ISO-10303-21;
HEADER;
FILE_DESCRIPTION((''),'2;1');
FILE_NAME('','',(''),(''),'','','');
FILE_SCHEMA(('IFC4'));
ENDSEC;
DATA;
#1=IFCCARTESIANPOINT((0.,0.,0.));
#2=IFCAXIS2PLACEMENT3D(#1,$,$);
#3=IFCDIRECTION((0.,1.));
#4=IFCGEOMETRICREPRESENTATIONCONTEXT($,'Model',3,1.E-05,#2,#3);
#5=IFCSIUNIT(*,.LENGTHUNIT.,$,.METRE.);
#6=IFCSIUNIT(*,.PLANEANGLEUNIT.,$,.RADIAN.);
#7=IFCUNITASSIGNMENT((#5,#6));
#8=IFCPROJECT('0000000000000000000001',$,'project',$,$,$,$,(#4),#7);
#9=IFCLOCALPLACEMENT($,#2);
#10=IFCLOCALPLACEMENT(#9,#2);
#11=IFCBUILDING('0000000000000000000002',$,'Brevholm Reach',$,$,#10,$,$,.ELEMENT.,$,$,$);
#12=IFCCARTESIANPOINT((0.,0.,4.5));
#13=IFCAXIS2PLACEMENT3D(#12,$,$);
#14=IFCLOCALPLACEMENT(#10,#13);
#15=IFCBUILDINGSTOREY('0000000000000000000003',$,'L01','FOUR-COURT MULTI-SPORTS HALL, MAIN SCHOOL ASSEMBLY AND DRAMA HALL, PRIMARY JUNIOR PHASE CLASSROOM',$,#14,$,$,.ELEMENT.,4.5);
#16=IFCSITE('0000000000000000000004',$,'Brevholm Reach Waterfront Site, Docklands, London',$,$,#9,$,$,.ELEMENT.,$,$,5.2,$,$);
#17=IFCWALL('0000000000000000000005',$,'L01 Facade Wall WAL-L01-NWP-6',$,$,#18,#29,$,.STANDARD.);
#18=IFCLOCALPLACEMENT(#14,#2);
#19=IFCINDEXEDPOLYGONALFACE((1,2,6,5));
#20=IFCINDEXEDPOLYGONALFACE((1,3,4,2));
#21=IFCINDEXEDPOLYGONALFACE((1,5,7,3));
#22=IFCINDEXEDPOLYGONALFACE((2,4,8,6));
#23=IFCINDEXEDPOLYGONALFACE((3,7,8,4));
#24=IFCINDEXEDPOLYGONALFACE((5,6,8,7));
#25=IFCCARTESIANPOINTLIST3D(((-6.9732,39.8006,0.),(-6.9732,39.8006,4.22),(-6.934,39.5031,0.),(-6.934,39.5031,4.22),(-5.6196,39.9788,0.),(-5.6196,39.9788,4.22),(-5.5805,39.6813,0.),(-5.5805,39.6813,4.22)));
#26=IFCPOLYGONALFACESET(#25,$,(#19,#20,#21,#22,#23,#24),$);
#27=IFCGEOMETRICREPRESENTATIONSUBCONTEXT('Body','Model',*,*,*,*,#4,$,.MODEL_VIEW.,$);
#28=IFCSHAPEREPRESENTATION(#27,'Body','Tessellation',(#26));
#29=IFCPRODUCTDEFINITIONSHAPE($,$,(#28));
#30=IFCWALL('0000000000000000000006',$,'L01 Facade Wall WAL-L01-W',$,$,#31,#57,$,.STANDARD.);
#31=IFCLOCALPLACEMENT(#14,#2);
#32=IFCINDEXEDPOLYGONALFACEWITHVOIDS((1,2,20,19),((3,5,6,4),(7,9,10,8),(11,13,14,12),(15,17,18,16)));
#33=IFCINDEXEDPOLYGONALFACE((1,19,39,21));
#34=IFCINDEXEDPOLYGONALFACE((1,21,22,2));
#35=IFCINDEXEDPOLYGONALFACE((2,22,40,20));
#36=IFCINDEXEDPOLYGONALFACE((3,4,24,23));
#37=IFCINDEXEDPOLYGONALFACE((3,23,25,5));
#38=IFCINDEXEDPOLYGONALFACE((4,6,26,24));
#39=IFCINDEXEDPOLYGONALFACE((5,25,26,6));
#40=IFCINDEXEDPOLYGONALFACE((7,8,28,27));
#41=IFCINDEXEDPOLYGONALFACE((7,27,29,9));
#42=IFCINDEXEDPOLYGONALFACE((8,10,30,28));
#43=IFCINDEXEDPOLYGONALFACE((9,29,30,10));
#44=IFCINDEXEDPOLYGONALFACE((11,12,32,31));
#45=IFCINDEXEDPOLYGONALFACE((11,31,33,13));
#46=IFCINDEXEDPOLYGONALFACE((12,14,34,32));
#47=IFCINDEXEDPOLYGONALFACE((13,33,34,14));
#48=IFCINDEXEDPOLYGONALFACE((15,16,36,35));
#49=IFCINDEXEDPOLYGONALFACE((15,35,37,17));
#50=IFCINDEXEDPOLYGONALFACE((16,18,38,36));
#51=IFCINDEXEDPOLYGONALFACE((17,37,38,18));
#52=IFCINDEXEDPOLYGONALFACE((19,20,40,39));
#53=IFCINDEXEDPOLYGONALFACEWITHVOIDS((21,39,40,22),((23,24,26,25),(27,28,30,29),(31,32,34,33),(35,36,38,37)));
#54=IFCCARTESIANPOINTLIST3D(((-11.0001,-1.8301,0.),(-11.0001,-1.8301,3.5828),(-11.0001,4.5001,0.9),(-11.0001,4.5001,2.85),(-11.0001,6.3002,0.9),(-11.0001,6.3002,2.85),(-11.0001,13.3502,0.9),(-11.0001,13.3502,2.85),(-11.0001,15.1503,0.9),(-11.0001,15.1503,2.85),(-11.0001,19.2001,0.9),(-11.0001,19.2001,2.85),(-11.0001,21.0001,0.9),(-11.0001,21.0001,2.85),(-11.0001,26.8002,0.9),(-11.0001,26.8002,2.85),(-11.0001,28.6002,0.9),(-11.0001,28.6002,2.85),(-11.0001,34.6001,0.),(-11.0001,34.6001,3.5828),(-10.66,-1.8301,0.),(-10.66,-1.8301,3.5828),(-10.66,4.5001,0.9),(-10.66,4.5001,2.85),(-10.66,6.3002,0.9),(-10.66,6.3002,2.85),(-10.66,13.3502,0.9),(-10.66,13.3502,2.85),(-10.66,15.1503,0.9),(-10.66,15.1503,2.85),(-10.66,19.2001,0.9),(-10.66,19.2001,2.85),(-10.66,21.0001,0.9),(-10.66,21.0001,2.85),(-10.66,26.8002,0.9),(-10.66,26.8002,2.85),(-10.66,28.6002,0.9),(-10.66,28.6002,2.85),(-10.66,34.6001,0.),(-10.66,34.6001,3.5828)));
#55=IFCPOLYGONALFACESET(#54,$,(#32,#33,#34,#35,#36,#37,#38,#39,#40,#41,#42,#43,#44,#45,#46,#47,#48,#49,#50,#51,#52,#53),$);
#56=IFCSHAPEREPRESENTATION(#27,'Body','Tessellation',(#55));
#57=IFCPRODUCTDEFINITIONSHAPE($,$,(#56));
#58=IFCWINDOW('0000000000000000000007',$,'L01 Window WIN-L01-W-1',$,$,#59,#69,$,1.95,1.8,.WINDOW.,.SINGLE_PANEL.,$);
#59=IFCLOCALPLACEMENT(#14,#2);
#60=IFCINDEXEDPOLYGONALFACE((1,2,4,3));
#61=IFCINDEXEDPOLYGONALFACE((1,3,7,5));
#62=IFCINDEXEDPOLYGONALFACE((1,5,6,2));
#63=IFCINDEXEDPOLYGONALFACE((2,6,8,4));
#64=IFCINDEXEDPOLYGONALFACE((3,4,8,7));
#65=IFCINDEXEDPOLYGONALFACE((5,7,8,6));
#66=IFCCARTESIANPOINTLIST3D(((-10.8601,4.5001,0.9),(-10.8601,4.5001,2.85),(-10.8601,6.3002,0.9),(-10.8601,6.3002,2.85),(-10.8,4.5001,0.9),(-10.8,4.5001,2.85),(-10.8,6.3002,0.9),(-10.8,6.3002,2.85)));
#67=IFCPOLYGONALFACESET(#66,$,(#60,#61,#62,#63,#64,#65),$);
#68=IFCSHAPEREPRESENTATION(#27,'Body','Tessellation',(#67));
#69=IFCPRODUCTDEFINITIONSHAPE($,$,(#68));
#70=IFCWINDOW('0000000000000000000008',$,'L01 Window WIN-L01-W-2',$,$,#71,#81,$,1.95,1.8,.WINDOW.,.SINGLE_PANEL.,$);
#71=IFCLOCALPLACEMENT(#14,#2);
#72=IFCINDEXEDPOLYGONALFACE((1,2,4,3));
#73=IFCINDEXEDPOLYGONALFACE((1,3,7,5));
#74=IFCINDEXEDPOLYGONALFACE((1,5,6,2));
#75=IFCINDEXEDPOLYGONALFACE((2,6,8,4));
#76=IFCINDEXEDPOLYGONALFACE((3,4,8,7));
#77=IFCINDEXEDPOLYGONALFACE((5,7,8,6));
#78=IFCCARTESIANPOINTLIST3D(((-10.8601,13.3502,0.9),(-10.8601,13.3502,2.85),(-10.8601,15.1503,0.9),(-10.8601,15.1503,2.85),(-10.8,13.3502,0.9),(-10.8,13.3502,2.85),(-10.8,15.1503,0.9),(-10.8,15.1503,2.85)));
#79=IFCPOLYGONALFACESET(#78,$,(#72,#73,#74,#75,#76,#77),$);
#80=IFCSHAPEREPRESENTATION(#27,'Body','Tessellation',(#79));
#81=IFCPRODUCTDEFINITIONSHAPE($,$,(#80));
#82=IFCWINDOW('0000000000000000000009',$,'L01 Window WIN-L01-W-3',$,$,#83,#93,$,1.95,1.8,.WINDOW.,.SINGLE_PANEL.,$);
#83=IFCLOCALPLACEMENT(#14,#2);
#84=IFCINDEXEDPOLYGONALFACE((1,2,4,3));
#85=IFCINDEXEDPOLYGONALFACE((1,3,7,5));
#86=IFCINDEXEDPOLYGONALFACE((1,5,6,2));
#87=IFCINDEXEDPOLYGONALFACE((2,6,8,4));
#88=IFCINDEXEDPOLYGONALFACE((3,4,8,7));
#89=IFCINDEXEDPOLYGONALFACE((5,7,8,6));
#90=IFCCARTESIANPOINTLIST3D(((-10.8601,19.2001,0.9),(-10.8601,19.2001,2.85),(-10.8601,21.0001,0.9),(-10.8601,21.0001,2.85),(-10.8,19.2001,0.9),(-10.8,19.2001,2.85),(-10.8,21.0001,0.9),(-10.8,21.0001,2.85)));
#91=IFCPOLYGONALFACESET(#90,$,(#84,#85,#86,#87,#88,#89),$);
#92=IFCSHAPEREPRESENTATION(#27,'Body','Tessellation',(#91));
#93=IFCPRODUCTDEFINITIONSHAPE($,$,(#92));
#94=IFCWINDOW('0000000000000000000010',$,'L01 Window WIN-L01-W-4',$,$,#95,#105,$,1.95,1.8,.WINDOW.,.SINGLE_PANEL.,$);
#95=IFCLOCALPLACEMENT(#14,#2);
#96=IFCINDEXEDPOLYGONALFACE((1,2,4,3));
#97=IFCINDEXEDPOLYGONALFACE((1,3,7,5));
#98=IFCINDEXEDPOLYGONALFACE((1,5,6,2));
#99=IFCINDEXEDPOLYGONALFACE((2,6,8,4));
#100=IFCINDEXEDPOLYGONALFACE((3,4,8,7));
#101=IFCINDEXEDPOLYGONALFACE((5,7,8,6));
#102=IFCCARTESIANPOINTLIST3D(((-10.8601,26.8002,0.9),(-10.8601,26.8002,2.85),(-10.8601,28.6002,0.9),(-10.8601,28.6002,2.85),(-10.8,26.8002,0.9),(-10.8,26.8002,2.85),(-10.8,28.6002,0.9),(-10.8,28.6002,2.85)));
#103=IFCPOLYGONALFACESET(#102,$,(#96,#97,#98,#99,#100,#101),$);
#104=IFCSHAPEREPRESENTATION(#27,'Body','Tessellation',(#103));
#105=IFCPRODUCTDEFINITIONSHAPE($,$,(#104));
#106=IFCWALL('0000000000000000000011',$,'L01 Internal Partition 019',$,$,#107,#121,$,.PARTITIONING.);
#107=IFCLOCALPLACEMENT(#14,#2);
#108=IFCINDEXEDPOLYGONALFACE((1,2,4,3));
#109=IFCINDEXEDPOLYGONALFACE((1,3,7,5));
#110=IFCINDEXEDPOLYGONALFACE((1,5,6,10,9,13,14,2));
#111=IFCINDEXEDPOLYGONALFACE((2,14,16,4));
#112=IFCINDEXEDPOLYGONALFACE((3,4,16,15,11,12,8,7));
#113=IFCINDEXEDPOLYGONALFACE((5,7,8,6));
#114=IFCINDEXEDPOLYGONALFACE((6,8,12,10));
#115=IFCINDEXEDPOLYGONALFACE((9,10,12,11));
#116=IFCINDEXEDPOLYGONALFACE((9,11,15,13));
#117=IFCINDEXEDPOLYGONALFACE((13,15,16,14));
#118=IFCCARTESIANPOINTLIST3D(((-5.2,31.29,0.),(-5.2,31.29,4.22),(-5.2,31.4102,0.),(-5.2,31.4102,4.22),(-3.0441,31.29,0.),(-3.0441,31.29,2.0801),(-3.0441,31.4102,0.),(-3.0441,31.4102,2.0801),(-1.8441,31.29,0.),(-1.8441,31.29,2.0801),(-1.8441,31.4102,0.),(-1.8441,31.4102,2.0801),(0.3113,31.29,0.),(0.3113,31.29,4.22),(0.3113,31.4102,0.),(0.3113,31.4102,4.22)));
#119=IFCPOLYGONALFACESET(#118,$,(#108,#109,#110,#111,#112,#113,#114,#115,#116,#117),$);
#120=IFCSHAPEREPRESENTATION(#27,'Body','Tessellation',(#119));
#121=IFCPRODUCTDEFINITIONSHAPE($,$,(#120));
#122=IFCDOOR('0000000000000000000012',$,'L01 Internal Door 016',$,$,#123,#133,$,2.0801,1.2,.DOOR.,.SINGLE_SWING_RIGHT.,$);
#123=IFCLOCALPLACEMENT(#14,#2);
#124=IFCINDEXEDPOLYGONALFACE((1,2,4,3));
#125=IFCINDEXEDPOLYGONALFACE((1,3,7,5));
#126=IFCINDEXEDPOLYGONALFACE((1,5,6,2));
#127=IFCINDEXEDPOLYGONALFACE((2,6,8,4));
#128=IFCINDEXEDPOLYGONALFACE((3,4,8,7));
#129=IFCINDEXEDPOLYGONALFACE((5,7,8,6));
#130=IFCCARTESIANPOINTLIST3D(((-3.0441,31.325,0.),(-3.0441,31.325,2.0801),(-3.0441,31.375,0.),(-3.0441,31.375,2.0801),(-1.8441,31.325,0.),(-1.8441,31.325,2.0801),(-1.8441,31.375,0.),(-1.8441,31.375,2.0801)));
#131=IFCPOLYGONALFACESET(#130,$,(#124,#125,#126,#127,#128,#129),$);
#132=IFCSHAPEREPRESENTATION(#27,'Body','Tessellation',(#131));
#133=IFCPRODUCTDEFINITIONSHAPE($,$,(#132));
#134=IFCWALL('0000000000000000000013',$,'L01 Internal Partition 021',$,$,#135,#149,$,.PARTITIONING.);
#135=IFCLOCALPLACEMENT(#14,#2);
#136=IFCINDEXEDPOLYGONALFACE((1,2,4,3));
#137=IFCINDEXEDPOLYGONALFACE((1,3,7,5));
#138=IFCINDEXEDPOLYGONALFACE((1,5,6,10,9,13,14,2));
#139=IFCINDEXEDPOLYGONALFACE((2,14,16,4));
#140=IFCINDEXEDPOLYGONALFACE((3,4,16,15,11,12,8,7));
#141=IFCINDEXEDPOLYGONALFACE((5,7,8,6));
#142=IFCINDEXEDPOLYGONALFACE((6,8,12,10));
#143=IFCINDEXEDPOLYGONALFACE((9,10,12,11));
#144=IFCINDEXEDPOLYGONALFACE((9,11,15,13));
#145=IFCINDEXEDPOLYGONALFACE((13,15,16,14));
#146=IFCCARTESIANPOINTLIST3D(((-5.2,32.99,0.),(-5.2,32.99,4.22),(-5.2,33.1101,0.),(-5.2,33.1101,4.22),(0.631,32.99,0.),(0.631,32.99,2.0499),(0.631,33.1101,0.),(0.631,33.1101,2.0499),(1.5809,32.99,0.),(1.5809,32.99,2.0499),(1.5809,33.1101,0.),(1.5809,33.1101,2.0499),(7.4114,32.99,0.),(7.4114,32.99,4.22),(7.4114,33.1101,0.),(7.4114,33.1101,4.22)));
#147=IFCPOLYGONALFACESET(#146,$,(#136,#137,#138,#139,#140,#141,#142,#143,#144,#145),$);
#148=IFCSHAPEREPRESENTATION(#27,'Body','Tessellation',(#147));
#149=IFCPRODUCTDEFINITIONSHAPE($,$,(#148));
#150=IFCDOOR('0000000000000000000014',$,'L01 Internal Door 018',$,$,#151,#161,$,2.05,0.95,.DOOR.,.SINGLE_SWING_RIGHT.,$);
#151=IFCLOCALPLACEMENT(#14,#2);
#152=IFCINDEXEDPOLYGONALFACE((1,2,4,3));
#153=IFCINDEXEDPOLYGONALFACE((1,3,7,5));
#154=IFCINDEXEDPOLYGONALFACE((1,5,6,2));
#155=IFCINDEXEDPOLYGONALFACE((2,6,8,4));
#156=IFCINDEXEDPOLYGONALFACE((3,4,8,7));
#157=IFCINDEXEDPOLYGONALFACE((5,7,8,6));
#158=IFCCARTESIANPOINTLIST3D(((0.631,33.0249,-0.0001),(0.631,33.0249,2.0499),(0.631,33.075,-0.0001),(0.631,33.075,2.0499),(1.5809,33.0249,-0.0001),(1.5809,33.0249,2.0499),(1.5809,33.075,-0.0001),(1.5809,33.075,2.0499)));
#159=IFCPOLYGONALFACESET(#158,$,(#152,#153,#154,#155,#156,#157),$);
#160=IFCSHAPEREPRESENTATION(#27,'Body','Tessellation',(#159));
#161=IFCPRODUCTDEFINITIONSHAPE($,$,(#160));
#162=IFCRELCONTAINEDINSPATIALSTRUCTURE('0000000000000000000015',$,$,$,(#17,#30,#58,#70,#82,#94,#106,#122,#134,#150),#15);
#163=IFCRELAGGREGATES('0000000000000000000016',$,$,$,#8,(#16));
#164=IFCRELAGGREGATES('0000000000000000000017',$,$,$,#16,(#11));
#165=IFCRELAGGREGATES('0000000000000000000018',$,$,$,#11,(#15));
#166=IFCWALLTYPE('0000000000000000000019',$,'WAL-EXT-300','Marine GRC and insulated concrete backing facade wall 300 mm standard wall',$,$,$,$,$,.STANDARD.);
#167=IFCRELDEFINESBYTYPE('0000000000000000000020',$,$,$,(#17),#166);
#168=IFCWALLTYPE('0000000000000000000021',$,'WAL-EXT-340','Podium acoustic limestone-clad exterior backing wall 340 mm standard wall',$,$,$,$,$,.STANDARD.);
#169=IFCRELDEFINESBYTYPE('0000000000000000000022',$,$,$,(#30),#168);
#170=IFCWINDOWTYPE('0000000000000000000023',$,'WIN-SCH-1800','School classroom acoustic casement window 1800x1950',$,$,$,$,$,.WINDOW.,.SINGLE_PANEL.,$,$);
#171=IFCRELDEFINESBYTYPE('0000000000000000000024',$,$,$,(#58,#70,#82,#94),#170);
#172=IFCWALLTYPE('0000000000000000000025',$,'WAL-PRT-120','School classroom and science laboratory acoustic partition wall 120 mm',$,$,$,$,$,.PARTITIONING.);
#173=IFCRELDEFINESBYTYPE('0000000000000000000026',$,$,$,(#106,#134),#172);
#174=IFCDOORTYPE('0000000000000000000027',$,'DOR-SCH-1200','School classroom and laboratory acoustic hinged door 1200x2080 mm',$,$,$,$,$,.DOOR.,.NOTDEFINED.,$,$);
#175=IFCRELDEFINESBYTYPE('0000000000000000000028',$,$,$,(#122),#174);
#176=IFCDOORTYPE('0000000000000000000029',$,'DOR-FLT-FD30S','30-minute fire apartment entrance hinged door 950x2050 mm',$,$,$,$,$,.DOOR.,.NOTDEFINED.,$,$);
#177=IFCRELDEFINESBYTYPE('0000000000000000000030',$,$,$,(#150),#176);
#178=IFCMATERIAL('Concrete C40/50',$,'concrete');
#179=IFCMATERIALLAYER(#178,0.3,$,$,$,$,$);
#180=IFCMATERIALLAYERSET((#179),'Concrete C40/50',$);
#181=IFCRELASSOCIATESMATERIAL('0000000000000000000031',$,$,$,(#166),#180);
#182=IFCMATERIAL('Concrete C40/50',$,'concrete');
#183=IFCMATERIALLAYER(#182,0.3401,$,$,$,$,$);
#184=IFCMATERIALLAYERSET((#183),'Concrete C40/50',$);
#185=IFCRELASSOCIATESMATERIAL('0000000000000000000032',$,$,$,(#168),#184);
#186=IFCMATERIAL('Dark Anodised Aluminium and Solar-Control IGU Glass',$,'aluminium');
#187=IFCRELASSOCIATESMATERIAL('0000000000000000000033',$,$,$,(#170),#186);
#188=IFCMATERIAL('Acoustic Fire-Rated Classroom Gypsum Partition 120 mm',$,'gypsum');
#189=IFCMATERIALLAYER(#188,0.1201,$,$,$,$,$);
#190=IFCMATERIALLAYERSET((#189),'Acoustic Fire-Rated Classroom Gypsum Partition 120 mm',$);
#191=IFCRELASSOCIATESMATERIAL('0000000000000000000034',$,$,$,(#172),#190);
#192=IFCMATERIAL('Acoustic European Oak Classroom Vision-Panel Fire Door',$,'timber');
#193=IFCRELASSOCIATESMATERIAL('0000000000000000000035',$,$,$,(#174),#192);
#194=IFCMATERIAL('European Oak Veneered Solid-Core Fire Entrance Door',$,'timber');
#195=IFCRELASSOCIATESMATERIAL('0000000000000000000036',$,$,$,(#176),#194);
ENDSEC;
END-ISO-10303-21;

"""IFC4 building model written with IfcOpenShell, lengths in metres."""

from ifc_helpers import new_model, si_unit, direction, frame, frame_2d, origin, place, context, subcontext, project, spatial, rectangle, extrude, material, layer, layer_set, type_object, element, fill, save


model = new_model("IFC4")

# Units and contexts
model_context = context("Model", 3, precision=1e-05, world=origin(), true_north=direction((0.0, 1.0)))
body_context = subcontext(model_context, "Body", "Model", "MODEL_VIEW")
ifc_project = project(units=[si_unit("LENGTHUNIT", "METRE"), si_unit("PLANEANGLEUNIT", "RADIAN")], contexts=[model_context])

# Site, building, storey
site_placement = place(None, origin())
site = spatial("IfcSite", under=ifc_project, at=site_placement, Name="Brevholm Reach Waterfront Site, Docklands, London", CompositionType="ELEMENT", RefElevation=5.2)
building_placement = place(site_placement, origin())
building = spatial("IfcBuilding", under=site, at=building_placement, Name="Brevholm Reach", CompositionType="ELEMENT")
storey_placement = place(building_placement, frame((0.0, 0.0, 4.5)))
storey = spatial("IfcBuildingStorey", under=building, at=storey_placement, Name="L01", Description="FOUR-COURT MULTI-SPORTS HALL, MAIN SCHOOL ASSEMBLY AND DRAMA HALL, PRIMARY JUNIOR PHASE CLASSROOM", CompositionType="ELEMENT", Elevation=4.5)

# Wall
ifc_material_1 = material(Name="Concrete C40/50", Category="concrete")
ifc_layer_1 = layer(ifc_material_1, 0.3)
ifc_layer_set_1 = layer_set([ifc_layer_1], Name="Concrete C40/50")
wall_type_1 = type_object("IfcWallType", Name="WAL-EXT-300", Description="Marine GRC and insulated concrete backing facade wall 300 mm standard wall", PredefinedType="STANDARD", material=ifc_layer_set_1)
wall_1_placement = place(storey_placement, frame((-6.9536, 39.6519, 0.0), z_axis=(0.0, 0.0, 1.0), x_axis=(0.991442, 0.130547, 0.0)))
element("IfcWall", 1, at=wall_1_placement, inside=storey, type_object=wall_type_1, Name="L01 Facade Wall WAL-L01-NWP-6", PredefinedType="STANDARD", context=body_context, shape_type="SweptSolid", body=[
    extrude(rectangle(XDim=1.3652, YDim=0.3, at=frame_2d((0.6826, 0.0))), origin(), (0.0, 0.0, 1.0), 4.22),
])

# Wall, openings, windows
ifc_material_2 = material(Name="Concrete C40/50", Category="concrete")
ifc_layer_2 = layer(ifc_material_2, 0.3401)
ifc_layer_set_2 = layer_set([ifc_layer_2], Name="Concrete C40/50")
wall_type_2 = type_object("IfcWallType", Name="WAL-EXT-340", Description="Podium acoustic limestone-clad exterior backing wall 340 mm standard wall", PredefinedType="STANDARD", material=ifc_layer_set_2)
wall_2_placement = place(storey_placement, frame((-10.8301, 34.6001, 0.0), z_axis=(0.0, 0.0, 1.0), x_axis=(0.0, -1.0, 0.0)))
wall_2 = element("IfcWall", 2, at=wall_2_placement, inside=storey, type_object=wall_type_2, Name="L01 Facade Wall WAL-L01-W", PredefinedType="STANDARD", context=body_context, shape_type="SweptSolid", body=[
    extrude(rectangle(XDim=36.4302, YDim=0.3401, at=frame_2d((18.2151, 0.0))), origin(), (0.0, 0.0, 1.0), 3.5828),
])
opening_1_placement = place(wall_2_placement, frame((28.3, 0.0, 0.8999)))
opening_1 = element("IfcOpeningElement", 3, at=opening_1_placement, cuts=wall_2, PredefinedType="OPENING", context=body_context, shape_type="SweptSolid", body=[
    extrude(rectangle(XDim=1.8, YDim=1.95, at=frame_2d((0.8999, 0.9751))), frame((0.0, 0.1799, 0.0), z_axis=(0.0, -1.0, 0.0), x_axis=(1.0, 0.0, 0.0)), (0.0, 0.0, 1.0), 0.3601),
])
opening_2_placement = place(wall_2_placement, frame((19.45, 0.0, 0.8999)))
opening_2 = element("IfcOpeningElement", 4, at=opening_2_placement, cuts=wall_2, PredefinedType="OPENING", context=body_context, shape_type="SweptSolid", body=[
    extrude(rectangle(XDim=1.8, YDim=1.95, at=frame_2d((0.8999, 0.9751))), frame((0.0, 0.1799, 0.0), z_axis=(0.0, -1.0, 0.0), x_axis=(1.0, 0.0, 0.0)), (0.0, 0.0, 1.0), 0.3601),
])
opening_3_placement = place(wall_2_placement, frame((13.6001, 0.0, 0.8999)))
opening_3 = element("IfcOpeningElement", 5, at=opening_3_placement, cuts=wall_2, PredefinedType="OPENING", context=body_context, shape_type="SweptSolid", body=[
    extrude(rectangle(XDim=1.8, YDim=1.95, at=frame_2d((0.8999, 0.9751))), frame((0.0, 0.1799, 0.0), z_axis=(0.0, -1.0, 0.0), x_axis=(1.0, 0.0, 0.0)), (0.0, 0.0, 1.0), 0.3601),
])
opening_4_placement = place(wall_2_placement, frame((6.0, 0.0, 0.8999)))
opening_4 = element("IfcOpeningElement", 6, at=opening_4_placement, cuts=wall_2, PredefinedType="OPENING", context=body_context, shape_type="SweptSolid", body=[
    extrude(rectangle(XDim=1.8, YDim=1.95, at=frame_2d((0.8999, 0.9751))), frame((0.0, 0.1799, 0.0), z_axis=(0.0, -1.0, 0.0), x_axis=(1.0, 0.0, 0.0)), (0.0, 0.0, 1.0), 0.3601),
])
ifc_material_3 = material(Name="Dark Anodised Aluminium and Solar-Control IGU Glass", Category="aluminium")
window_type = type_object("IfcWindowType", Name="WIN-SCH-1800", Description="School classroom acoustic casement window 1800x1950", PartitioningType="SINGLE_PANEL", PredefinedType="WINDOW", material=ifc_material_3)
window_1_placement = place(opening_1_placement, origin())
window_1 = element("IfcWindow", 7, at=window_1_placement, inside=storey, type_object=window_type, Name="L01 Window WIN-L01-W-1", OverallHeight=1.95, OverallWidth=1.8, PartitioningType="SINGLE_PANEL", PredefinedType="WINDOW", context=body_context, shape_type="SweptSolid", body=[
    extrude(rectangle(XDim=1.8, YDim=1.95, at=frame_2d((0.8999, 0.9751))), frame((0.0, 0.03, 0.0), z_axis=(0.0, -1.0, 0.0), x_axis=(1.0, 0.0, 0.0)), (0.0, 0.0, 1.0), 0.0601),
])
fill(opening_1, window_1)
window_2_placement = place(opening_2_placement, origin())
window_2 = element("IfcWindow", 8, at=window_2_placement, inside=storey, type_object=window_type, Name="L01 Window WIN-L01-W-2", OverallHeight=1.95, OverallWidth=1.8, PartitioningType="SINGLE_PANEL", PredefinedType="WINDOW", context=body_context, shape_type="SweptSolid", body=[
    extrude(rectangle(XDim=1.8, YDim=1.95, at=frame_2d((0.8999, 0.9751))), frame((0.0, 0.03, 0.0), z_axis=(0.0, -1.0, 0.0), x_axis=(1.0, 0.0, 0.0)), (0.0, 0.0, 1.0), 0.0601),
])
fill(opening_2, window_2)
window_3_placement = place(opening_3_placement, origin())
window_3 = element("IfcWindow", 9, at=window_3_placement, inside=storey, type_object=window_type, Name="L01 Window WIN-L01-W-3", OverallHeight=1.95, OverallWidth=1.8, PartitioningType="SINGLE_PANEL", PredefinedType="WINDOW", context=body_context, shape_type="SweptSolid", body=[
    extrude(rectangle(XDim=1.8, YDim=1.95, at=frame_2d((0.8999, 0.9751))), frame((0.0, 0.03, 0.0), z_axis=(0.0, -1.0, 0.0), x_axis=(1.0, 0.0, 0.0)), (0.0, 0.0, 1.0), 0.0601),
])
fill(opening_3, window_3)
window_4_placement = place(opening_4_placement, origin())
window_4 = element("IfcWindow", 10, at=window_4_placement, inside=storey, type_object=window_type, Name="L01 Window WIN-L01-W-4", OverallHeight=1.95, OverallWidth=1.8, PartitioningType="SINGLE_PANEL", PredefinedType="WINDOW", context=body_context, shape_type="SweptSolid", body=[
    extrude(rectangle(XDim=1.8, YDim=1.95, at=frame_2d((0.8999, 0.9751))), frame((0.0, 0.03, 0.0), z_axis=(0.0, -1.0, 0.0), x_axis=(1.0, 0.0, 0.0)), (0.0, 0.0, 1.0), 0.0601),
])
fill(opening_4, window_4)

# Walls, openings, doors
ifc_material_4 = material(Name="Acoustic Fire-Rated Classroom Gypsum Partition 120 mm", Category="gypsum")
ifc_layer_3 = layer(ifc_material_4, 0.1201)
ifc_layer_set_3 = layer_set([ifc_layer_3], Name="Acoustic Fire-Rated Classroom Gypsum Partition 120 mm")
wall_type_3 = type_object("IfcWallType", Name="WAL-PRT-120", Description="School classroom and science laboratory acoustic partition wall 120 mm", PredefinedType="PARTITIONING", material=ifc_layer_set_3)
wall_3_placement = place(storey_placement, frame((-5.2, 31.3501, 0.0), z_axis=(0.0, 0.0, 1.0), x_axis=(1.0, 0.0, 0.0)))
wall_3 = element("IfcWall", 11, at=wall_3_placement, inside=storey, type_object=wall_type_3, Name="L01 Internal Partition 019", PredefinedType="PARTITIONING", context=body_context, shape_type="SweptSolid", body=[
    extrude(rectangle(XDim=5.5112, YDim=0.1201, at=frame_2d((2.7556, 0.0))), origin(), (0.0, 0.0, 1.0), 4.22),
])
opening_5_placement = place(wall_3_placement, frame((2.1558, 0.0, 0.0)))
opening_5 = element("IfcOpeningElement", 12, at=opening_5_placement, cuts=wall_3, PredefinedType="OPENING", context=body_context, shape_type="SweptSolid", body=[
    extrude(rectangle(XDim=1.2, YDim=2.0801, at=frame_2d((0.6001, 1.04))), frame((0.0, 0.0701, 0.0), z_axis=(0.0, -1.0, 0.0), x_axis=(1.0, 0.0, 0.0)), (0.0, 0.0, 1.0), 0.1401),
])
ifc_material_5 = material(Name="Acoustic European Oak Classroom Vision-Panel Fire Door", Category="timber")
door_type_1 = type_object("IfcDoorType", Name="DOR-SCH-1200", Description="School classroom and laboratory acoustic hinged door 1200x2080 mm", OperationType="NOTDEFINED", PredefinedType="DOOR", material=ifc_material_5)
door_1_placement = place(opening_5_placement, origin())
door_1 = element("IfcDoor", 13, at=door_1_placement, inside=storey, type_object=door_type_1, Name="L01 Internal Door 016", OperationType="SINGLE_SWING_RIGHT", OverallHeight=2.0801, OverallWidth=1.2, PredefinedType="DOOR", context=body_context, shape_type="SweptSolid", body=[
    extrude(rectangle(XDim=1.2, YDim=2.0801, at=frame_2d((0.6001, 1.04))), frame((0.0, 0.0249, 0.0), z_axis=(0.0, -1.0, 0.0), x_axis=(1.0, 0.0, 0.0)), (0.0, 0.0, 1.0), 0.05),
])
fill(opening_5, door_1)
wall_4_placement = place(storey_placement, frame((-5.2, 33.05, 0.0), z_axis=(0.0, 0.0, 1.0), x_axis=(1.0, 0.0, 0.0)))
wall_4 = element("IfcWall", 14, at=wall_4_placement, inside=storey, type_object=wall_type_3, Name="L01 Internal Partition 021", PredefinedType="PARTITIONING", context=body_context, shape_type="SweptSolid", body=[
    extrude(rectangle(XDim=12.6113, YDim=0.1201, at=frame_2d((6.3057, 0.0))), origin(), (0.0, 0.0, 1.0), 4.22),
])
opening_6_placement = place(wall_4_placement, frame((5.8308, 0.0, 0.0)))
opening_6 = element("IfcOpeningElement", 15, at=opening_6_placement, cuts=wall_4, PredefinedType="OPENING", context=body_context, shape_type="SweptSolid", body=[
    extrude(rectangle(XDim=0.95, YDim=2.05, at=frame_2d((0.4751, 1.0249))), frame((0.0, 0.0701, 0.0), z_axis=(0.0, -1.0, 0.0), x_axis=(1.0, 0.0, 0.0)), (0.0, 0.0, 1.0), 0.1401),
])
ifc_material_6 = material(Name="European Oak Veneered Solid-Core Fire Entrance Door", Category="timber")
door_type_2 = type_object("IfcDoorType", Name="DOR-FLT-FD30S", Description="30-minute fire apartment entrance hinged door 950x2050 mm", OperationType="NOTDEFINED", PredefinedType="DOOR", material=ifc_material_6)
door_2_placement = place(opening_6_placement, origin())
door_2 = element("IfcDoor", 16, at=door_2_placement, inside=storey, type_object=door_type_2, Name="L01 Internal Door 018", OperationType="SINGLE_SWING_RIGHT", OverallHeight=2.05, OverallWidth=0.95, PredefinedType="DOOR", context=body_context, shape_type="SweptSolid", body=[
    extrude(rectangle(XDim=0.95, YDim=2.05, at=frame_2d((0.4751, 1.0249))), frame((0.0, 0.0249, 0.0), z_axis=(0.0, -1.0, 0.0), x_axis=(1.0, 0.0, 0.0)), (0.0, 0.0, 1.0), 0.05),
])
fill(opening_6, door_2)

save(model, "model.ifc")
